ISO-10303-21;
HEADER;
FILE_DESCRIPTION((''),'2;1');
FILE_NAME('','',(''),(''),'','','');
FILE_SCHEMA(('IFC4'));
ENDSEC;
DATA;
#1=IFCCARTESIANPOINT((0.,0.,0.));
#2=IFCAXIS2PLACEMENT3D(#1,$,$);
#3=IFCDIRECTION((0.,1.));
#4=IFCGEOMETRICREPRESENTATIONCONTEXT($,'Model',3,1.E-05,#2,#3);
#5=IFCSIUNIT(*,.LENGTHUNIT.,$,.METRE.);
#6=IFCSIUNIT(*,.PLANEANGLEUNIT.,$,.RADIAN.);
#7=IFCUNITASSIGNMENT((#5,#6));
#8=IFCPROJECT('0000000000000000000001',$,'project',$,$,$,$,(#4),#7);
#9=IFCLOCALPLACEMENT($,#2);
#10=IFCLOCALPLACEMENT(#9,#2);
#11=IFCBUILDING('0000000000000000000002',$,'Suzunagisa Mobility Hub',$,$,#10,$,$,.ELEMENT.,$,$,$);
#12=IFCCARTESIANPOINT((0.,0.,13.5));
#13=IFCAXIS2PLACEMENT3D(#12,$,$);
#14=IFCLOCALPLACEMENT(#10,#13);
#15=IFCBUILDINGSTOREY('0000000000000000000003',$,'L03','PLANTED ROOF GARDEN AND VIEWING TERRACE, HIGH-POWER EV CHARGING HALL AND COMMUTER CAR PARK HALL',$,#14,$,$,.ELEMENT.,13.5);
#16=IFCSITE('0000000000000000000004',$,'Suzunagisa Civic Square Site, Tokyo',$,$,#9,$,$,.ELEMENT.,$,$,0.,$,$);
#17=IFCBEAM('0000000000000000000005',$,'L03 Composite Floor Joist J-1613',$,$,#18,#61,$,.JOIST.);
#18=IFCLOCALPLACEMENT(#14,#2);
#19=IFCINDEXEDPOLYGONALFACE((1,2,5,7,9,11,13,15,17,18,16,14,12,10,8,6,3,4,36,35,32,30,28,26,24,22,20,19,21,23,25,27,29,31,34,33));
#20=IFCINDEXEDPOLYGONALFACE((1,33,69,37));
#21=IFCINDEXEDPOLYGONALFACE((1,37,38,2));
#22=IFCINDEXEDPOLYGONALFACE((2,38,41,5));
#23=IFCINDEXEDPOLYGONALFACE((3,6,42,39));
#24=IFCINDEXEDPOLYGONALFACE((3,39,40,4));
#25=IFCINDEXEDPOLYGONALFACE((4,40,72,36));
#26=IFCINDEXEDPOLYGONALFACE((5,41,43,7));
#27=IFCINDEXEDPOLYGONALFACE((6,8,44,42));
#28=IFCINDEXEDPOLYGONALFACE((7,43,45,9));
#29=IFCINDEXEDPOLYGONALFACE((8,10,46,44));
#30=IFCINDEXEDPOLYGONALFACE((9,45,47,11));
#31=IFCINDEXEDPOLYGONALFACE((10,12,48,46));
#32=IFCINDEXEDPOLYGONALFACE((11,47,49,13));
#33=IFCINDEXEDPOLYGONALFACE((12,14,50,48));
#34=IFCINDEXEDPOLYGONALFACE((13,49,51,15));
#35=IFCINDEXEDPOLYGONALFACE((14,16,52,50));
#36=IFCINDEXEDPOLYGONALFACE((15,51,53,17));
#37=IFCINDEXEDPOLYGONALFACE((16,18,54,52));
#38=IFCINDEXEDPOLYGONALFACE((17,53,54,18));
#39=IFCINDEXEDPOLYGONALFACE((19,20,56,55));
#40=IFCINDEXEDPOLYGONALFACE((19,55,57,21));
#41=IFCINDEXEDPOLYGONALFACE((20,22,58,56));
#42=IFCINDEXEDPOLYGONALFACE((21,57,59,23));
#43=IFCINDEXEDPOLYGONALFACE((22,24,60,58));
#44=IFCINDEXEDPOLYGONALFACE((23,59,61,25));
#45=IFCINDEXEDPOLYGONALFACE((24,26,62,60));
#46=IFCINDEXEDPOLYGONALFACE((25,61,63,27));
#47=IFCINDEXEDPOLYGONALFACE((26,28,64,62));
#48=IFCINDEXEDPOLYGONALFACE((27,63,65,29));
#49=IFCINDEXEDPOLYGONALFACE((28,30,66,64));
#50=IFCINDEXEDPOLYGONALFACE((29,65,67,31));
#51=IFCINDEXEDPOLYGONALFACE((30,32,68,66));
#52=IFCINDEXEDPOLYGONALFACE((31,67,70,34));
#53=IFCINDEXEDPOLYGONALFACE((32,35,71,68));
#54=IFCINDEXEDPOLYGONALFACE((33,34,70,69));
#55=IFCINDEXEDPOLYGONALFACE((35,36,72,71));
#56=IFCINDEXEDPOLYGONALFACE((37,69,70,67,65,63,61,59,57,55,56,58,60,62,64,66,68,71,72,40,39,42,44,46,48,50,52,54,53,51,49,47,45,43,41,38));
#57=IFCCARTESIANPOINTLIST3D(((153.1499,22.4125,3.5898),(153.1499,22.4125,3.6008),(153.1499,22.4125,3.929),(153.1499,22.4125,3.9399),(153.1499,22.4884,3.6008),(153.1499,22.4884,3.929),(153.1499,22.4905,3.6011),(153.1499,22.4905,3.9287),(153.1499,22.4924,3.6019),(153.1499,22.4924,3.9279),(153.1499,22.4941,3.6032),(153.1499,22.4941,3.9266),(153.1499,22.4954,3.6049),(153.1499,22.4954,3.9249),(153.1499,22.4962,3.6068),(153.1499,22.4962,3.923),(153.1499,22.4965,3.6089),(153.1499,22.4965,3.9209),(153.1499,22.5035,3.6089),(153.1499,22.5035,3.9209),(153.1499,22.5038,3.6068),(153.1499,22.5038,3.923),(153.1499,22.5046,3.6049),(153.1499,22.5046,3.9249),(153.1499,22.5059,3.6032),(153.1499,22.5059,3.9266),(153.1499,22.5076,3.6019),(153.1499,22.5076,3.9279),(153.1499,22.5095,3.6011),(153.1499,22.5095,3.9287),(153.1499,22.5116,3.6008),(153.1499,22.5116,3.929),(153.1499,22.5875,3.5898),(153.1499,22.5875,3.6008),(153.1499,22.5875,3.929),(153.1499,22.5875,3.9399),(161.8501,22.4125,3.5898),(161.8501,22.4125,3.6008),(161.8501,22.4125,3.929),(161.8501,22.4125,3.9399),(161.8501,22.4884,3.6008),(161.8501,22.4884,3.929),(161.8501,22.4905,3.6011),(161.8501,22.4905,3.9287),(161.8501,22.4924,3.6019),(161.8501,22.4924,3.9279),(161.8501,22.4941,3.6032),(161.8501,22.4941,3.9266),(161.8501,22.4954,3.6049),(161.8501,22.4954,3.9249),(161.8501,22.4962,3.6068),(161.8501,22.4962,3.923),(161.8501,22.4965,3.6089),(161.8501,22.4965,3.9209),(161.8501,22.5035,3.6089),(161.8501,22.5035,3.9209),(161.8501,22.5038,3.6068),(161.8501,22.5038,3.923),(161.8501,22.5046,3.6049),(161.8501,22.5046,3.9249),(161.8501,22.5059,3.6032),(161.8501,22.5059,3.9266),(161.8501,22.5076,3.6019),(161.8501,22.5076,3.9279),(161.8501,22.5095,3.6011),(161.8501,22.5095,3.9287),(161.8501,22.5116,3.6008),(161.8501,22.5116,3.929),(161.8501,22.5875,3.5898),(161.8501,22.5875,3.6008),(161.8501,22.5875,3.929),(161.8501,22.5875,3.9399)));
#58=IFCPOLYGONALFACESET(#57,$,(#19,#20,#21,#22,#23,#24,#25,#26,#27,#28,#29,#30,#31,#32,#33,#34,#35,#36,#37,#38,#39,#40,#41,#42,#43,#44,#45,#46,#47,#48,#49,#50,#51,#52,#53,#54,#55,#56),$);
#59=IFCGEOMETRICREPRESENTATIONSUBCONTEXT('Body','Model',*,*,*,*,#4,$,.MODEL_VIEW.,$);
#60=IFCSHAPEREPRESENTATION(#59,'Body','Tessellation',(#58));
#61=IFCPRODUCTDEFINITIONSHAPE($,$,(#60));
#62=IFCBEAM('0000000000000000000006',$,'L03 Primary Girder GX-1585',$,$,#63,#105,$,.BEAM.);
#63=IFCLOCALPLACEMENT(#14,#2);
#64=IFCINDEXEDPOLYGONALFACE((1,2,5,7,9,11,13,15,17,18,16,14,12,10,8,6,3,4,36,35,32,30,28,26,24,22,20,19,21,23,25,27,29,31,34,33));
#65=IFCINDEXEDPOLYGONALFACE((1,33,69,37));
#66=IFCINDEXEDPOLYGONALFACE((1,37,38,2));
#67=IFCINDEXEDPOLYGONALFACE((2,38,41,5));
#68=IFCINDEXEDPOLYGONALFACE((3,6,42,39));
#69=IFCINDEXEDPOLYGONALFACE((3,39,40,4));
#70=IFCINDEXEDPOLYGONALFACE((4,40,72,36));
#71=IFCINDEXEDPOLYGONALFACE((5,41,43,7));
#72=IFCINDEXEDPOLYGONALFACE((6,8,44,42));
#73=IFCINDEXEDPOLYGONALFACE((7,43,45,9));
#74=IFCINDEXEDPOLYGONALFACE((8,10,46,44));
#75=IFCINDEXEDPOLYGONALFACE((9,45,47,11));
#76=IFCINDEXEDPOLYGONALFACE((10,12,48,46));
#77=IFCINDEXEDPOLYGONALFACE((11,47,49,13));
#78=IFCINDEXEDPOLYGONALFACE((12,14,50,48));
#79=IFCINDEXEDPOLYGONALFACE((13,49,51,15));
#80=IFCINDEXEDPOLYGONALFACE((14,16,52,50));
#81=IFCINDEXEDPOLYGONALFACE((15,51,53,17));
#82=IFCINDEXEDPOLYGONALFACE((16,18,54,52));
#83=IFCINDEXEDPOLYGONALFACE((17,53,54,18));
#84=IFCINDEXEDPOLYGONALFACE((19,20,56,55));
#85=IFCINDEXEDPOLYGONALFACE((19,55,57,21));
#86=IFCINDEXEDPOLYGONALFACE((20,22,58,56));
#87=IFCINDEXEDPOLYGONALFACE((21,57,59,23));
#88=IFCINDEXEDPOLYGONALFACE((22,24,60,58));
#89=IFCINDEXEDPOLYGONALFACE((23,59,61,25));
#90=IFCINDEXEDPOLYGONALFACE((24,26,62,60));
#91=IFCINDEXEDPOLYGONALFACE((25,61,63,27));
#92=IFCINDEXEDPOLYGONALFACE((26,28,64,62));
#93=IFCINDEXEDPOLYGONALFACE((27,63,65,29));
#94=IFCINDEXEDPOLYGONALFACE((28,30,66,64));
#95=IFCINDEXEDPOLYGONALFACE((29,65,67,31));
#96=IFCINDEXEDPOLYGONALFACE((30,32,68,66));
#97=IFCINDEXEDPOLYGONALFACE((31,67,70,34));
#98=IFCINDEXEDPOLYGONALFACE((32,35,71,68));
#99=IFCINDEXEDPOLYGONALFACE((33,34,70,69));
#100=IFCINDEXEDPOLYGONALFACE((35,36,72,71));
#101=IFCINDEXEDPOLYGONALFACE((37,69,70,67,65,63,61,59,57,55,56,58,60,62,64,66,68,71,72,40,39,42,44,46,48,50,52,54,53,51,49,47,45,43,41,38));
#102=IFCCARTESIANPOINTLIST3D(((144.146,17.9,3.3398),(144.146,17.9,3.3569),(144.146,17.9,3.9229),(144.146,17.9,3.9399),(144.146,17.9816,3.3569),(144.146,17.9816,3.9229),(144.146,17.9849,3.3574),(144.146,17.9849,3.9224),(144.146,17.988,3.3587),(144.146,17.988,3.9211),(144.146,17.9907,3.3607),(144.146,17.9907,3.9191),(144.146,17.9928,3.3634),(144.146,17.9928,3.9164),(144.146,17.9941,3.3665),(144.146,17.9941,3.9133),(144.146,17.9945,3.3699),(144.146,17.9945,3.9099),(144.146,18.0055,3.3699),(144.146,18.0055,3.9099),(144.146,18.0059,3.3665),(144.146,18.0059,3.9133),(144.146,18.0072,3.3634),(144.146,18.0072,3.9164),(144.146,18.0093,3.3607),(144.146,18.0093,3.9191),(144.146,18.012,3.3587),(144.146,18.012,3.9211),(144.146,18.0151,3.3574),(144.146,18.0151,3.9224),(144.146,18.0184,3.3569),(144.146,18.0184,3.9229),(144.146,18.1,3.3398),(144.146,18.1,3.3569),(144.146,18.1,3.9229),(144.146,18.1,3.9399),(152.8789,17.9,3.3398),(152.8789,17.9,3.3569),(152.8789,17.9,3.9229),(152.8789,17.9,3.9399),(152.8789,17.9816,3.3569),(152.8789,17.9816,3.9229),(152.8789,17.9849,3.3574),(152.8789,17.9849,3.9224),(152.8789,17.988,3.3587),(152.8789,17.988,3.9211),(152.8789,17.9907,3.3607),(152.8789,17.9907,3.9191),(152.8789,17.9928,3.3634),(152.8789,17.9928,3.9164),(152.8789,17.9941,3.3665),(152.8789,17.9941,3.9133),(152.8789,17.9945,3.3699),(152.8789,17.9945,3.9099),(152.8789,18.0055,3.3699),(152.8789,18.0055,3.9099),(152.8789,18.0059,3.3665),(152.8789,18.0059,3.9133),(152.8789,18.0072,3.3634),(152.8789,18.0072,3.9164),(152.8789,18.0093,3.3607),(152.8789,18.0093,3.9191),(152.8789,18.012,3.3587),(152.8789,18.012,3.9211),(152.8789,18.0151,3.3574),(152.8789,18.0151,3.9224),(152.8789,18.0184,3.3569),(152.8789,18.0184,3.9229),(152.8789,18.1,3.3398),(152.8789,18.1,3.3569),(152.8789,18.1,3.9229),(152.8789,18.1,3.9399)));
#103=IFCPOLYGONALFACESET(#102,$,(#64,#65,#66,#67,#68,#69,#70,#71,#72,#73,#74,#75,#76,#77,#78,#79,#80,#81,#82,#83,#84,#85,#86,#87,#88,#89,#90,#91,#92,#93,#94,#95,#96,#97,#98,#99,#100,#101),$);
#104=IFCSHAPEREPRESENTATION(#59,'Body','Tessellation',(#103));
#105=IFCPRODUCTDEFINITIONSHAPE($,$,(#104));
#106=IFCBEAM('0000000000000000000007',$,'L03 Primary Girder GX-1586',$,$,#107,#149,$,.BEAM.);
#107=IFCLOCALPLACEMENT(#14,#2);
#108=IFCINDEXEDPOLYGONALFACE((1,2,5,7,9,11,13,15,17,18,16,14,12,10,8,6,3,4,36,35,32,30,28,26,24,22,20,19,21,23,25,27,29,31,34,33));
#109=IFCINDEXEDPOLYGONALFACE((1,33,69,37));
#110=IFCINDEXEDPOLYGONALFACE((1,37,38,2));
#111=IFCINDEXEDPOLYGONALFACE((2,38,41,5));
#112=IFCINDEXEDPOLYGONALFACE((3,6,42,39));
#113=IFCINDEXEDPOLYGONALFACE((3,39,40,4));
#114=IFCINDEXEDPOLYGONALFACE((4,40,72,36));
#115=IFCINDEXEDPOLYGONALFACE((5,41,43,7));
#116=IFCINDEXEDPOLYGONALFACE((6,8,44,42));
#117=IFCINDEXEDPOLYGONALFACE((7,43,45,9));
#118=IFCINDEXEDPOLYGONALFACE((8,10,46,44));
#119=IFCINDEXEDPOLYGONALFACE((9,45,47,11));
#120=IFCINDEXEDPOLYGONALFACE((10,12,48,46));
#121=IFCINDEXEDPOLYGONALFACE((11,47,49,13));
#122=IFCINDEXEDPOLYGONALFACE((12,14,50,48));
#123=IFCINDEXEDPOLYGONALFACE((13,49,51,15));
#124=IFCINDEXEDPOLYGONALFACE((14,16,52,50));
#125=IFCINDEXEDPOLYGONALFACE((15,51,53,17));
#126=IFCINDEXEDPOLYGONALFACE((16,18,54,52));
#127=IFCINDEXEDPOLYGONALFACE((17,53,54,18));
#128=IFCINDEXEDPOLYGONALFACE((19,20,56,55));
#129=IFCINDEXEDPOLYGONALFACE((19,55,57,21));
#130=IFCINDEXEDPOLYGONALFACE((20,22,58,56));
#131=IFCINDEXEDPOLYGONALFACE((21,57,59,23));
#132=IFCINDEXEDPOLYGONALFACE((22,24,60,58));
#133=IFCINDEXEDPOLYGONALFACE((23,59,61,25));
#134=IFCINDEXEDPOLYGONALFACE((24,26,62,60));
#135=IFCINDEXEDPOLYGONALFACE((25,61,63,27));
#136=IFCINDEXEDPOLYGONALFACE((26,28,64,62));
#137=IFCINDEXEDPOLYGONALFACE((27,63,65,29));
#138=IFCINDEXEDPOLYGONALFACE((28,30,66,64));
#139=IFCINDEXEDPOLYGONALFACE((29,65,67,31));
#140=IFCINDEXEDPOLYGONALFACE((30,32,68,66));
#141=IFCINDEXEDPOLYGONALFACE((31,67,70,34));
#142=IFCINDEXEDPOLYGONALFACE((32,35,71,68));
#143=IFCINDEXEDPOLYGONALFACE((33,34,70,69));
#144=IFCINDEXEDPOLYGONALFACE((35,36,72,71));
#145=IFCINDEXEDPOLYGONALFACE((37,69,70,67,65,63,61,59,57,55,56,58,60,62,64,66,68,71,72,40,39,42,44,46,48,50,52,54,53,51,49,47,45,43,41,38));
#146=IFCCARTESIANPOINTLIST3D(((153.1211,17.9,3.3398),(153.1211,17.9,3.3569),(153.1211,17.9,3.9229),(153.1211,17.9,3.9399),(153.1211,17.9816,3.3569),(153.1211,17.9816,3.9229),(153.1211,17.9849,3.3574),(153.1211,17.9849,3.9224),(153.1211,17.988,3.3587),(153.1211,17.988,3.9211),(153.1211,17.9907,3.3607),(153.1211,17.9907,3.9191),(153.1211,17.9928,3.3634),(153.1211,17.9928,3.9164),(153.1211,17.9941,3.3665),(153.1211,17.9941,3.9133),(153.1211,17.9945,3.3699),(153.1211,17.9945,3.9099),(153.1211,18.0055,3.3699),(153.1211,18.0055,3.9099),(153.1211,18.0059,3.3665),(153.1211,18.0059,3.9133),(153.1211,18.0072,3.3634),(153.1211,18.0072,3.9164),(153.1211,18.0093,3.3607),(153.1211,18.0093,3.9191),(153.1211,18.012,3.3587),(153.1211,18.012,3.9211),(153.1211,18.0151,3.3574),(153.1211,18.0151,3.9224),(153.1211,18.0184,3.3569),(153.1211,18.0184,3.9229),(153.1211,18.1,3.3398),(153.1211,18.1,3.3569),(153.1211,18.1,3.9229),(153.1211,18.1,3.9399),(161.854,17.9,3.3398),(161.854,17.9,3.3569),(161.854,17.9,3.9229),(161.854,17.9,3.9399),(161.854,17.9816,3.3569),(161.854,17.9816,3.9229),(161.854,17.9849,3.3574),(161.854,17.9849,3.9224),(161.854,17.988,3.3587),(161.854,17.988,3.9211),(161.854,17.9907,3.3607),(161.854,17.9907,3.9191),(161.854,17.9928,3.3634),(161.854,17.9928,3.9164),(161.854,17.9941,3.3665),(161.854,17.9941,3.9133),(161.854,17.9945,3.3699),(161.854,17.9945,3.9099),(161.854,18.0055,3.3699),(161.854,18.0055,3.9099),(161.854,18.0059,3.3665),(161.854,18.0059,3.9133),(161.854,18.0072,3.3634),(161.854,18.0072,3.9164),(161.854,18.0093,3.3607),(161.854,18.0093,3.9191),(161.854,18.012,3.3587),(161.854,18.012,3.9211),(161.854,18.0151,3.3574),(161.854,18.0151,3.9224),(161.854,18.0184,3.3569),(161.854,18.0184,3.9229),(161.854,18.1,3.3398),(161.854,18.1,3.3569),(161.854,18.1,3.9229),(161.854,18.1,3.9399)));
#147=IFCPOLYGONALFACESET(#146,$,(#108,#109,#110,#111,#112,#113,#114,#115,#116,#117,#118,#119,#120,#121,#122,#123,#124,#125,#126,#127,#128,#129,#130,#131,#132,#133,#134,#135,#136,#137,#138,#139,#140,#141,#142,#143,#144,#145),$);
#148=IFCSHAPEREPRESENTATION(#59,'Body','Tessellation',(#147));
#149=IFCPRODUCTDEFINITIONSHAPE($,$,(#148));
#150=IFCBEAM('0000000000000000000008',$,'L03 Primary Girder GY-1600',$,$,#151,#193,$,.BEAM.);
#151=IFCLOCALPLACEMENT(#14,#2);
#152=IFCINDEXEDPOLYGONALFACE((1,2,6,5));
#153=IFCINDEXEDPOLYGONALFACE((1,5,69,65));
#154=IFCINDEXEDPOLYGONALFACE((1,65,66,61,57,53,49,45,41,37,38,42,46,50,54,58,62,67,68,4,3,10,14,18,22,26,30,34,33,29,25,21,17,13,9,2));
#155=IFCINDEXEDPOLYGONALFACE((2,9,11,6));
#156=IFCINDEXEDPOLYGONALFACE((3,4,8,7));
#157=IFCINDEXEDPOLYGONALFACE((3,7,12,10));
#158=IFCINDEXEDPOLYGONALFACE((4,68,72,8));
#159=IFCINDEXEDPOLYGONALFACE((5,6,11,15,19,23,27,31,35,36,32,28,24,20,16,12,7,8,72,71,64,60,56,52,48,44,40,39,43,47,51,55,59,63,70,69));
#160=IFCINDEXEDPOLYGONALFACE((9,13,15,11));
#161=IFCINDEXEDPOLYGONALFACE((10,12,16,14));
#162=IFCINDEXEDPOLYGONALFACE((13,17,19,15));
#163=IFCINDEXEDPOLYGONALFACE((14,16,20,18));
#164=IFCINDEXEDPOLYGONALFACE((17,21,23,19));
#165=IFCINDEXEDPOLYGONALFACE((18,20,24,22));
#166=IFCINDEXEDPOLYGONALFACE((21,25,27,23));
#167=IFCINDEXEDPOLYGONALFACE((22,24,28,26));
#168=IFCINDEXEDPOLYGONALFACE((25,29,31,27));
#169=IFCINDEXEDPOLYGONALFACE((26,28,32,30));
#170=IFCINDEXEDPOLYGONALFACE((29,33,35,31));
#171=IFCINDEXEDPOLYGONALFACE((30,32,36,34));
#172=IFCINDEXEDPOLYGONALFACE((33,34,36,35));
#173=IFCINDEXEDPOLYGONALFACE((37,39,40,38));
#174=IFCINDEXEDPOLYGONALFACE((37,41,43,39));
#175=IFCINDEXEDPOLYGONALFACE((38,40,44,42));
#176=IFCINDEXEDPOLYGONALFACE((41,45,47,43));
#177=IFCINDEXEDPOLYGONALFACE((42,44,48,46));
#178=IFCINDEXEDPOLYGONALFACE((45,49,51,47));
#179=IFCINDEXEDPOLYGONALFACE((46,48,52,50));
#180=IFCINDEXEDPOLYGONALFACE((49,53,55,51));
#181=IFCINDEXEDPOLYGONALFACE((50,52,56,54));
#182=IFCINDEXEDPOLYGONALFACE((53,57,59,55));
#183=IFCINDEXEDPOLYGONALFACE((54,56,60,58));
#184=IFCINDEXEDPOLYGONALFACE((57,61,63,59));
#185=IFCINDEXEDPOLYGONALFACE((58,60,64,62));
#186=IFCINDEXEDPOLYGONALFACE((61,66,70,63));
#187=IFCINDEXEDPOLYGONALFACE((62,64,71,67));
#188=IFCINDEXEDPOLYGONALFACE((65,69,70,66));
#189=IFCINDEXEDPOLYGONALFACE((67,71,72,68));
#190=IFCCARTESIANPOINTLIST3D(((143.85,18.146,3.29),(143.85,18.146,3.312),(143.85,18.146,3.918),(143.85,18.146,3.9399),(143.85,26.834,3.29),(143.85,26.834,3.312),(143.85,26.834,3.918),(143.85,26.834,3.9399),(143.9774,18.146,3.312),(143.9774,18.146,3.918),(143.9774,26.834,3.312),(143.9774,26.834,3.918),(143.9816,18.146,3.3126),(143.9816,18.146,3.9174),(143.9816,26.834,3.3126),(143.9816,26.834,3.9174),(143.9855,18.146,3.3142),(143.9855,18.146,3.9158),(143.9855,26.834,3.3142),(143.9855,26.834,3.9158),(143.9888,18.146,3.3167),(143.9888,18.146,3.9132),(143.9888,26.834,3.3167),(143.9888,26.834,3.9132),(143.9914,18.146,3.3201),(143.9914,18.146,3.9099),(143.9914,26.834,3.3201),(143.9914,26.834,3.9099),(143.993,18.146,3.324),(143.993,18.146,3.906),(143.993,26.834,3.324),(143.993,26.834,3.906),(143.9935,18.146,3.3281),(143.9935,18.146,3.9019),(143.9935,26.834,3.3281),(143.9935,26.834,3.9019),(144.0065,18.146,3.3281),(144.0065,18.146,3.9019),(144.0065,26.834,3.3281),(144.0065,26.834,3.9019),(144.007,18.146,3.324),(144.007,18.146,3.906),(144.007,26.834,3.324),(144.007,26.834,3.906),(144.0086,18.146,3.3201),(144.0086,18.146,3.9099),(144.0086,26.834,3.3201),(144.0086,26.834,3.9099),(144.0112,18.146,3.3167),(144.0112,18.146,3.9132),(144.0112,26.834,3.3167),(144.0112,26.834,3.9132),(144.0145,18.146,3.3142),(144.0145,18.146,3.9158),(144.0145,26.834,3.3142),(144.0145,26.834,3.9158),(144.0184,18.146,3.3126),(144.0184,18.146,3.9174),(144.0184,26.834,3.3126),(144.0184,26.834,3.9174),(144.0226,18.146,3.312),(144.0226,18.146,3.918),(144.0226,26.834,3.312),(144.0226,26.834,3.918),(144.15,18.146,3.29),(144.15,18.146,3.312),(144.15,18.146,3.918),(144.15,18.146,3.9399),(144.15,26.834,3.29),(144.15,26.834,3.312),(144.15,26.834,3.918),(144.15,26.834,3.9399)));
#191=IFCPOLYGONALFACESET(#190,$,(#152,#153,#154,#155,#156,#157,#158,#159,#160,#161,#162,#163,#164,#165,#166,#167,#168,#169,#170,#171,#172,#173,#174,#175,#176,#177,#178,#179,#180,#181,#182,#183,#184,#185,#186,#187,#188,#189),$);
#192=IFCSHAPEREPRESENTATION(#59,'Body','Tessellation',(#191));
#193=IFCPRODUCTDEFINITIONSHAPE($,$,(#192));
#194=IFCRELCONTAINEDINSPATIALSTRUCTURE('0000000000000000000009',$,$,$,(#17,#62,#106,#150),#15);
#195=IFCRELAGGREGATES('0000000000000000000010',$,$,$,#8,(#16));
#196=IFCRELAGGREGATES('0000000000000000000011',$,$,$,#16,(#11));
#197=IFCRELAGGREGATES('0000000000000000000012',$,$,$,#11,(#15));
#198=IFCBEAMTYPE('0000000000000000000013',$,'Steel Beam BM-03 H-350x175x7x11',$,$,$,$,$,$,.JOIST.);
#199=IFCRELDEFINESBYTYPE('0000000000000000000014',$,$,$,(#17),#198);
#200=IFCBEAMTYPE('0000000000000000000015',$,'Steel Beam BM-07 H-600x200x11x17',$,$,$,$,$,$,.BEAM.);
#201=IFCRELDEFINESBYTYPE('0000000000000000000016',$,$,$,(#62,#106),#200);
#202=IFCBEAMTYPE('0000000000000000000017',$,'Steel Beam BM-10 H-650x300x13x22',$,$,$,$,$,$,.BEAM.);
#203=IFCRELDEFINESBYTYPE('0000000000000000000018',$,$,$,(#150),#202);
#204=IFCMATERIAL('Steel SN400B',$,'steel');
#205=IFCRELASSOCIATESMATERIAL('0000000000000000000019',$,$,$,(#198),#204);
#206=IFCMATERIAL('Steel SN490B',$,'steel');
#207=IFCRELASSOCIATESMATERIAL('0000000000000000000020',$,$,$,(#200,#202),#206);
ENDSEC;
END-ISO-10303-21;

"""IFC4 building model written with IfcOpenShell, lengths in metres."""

from ifc_helpers import new_model, si_unit, direction, frame, origin, origin_2d, place, context, subcontext, project, spatial, i_section, extrude, material, material_profile, profile_set, type_object, element, save


model = new_model("IFC4")

# Units and contexts
model_context = context("Model", 3, precision=1e-05, world=origin(), true_north=direction((0.0, 1.0)))
body_context = subcontext(model_context, "Body", "Model", "MODEL_VIEW")
ifc_project = project(units=[si_unit("LENGTHUNIT", "METRE"), si_unit("PLANEANGLEUNIT", "RADIAN")], contexts=[model_context])

# Site, building, storey
site_placement = place(None, origin())
site = spatial("IfcSite", under=ifc_project, at=site_placement, Name="Suzunagisa Civic Square Site, Tokyo", CompositionType="ELEMENT", RefElevation=0.0)
building_placement = place(site_placement, origin())
building = spatial("IfcBuilding", under=site, at=building_placement, Name="Suzunagisa Mobility Hub", CompositionType="ELEMENT")
storey_placement = place(building_placement, frame((0.0, 0.0, 13.5)))
storey = spatial("IfcBuildingStorey", under=building, at=storey_placement, Name="L03", Description="PLANTED ROOF GARDEN AND VIEWING TERRACE, HIGH-POWER EV CHARGING HALL AND COMMUTER CAR PARK HALL", CompositionType="ELEMENT", Elevation=13.5)

# Shared definitions
ifc_material_1 = material(Name="Steel SN490B", Category="steel")

# Beams
ifc_material_2 = material(Name="Steel SN400B", Category="steel")
ifc_material_profile_1 = material_profile(ifc_material_2, i_section(OverallWidth=0.175, OverallDepth=0.3501, WebThickness=0.0071, FlangeThickness=0.011, FilletRadius=0.0081, at=origin_2d()), Name="H-350x175x7x11")
ifc_profile_set_1 = profile_set([ifc_material_profile_1], Name="Steel SN400B")
beam_type_1 = type_object("IfcBeamType", Name="Steel Beam BM-03 H-350x175x7x11", PredefinedType="JOIST", material=ifc_profile_set_1)
for number, where, z_axis, x_axis, name in (
    (1, (153.1499, 22.5, 3.7649), (1.0, 0.0, 0.0), (0.0, 1.0, 0.0), "L03 Composite Floor Joist J-1613"),
):
    element("IfcBeam", number, at=place(storey_placement, frame(where, z_axis=z_axis, x_axis=x_axis)), inside=storey, type_object=beam_type_1, Name=name, PredefinedType="JOIST", context=body_context, shape_type="SweptSolid", body=[
        extrude(i_section(OverallWidth=0.175, OverallDepth=0.3501, WebThickness=0.0071, FlangeThickness=0.011, FilletRadius=0.0081, at=origin_2d()), origin(), (0.0, 0.0, 1.0), 8.7002),
    ])
ifc_material_profile_2 = material_profile(ifc_material_1, i_section(OverallWidth=0.2, OverallDepth=0.6001, WebThickness=0.011, FlangeThickness=0.0171, FilletRadius=0.0129, at=origin_2d()), Name="H-600x200x11x17")
ifc_profile_set_2 = profile_set([ifc_material_profile_2], Name="Steel SN490B")
beam_type_2 = type_object("IfcBeamType", Name="Steel Beam BM-07 H-600x200x11x17", PredefinedType="BEAM", material=ifc_profile_set_2)
for number, where, z_axis, x_axis, name in (
    (2, (144.146, 18.0, 3.6399), (1.0, 0.0, 0.0), (0.0, 1.0, 0.0), "L03 Primary Girder GX-1585"),
    (3, (153.1211, 18.0, 3.6399), (1.0, 0.0, 0.0), (0.0, 1.0, 0.0), "L03 Primary Girder GX-1586"),
):
    element("IfcBeam", number, at=place(storey_placement, frame(where, z_axis=z_axis, x_axis=x_axis)), inside=storey, type_object=beam_type_2, Name=name, PredefinedType="BEAM", context=body_context, shape_type="SweptSolid", body=[
        extrude(i_section(OverallWidth=0.2, OverallDepth=0.6001, WebThickness=0.011, FlangeThickness=0.0171, FilletRadius=0.0129, at=origin_2d()), origin(), (0.0, 0.0, 1.0), 8.7329),
    ])
ifc_material_profile_3 = material_profile(ifc_material_1, i_section(OverallWidth=0.3, OverallDepth=0.6499, WebThickness=0.0129, FlangeThickness=0.022, FilletRadius=0.0161, at=origin_2d()), Name="H-650x300x13x22")
ifc_profile_set_3 = profile_set([ifc_material_profile_3], Name="Steel SN490B")
beam_type_3 = type_object("IfcBeamType", Name="Steel Beam BM-10 H-650x300x13x22", PredefinedType="BEAM", material=ifc_profile_set_3)
for number, where, z_axis, x_axis, name in (
    (4, (144.0, 18.146, 3.615), (0.0, 1.0, 0.0), (-1.0, 0.0, 0.0), "L03 Primary Girder GY-1600"),
):
    element("IfcBeam", number, at=place(storey_placement, frame(where, z_axis=z_axis, x_axis=x_axis)), inside=storey, type_object=beam_type_3, Name=name, PredefinedType="BEAM", context=body_context, shape_type="SweptSolid", body=[
        extrude(i_section(OverallWidth=0.3, OverallDepth=0.6499, WebThickness=0.0129, FlangeThickness=0.022, FilletRadius=0.0161, at=origin_2d()), origin(), (0.0, 0.0, 1.0), 8.688),
    ])

save(model, "model.ifc")
